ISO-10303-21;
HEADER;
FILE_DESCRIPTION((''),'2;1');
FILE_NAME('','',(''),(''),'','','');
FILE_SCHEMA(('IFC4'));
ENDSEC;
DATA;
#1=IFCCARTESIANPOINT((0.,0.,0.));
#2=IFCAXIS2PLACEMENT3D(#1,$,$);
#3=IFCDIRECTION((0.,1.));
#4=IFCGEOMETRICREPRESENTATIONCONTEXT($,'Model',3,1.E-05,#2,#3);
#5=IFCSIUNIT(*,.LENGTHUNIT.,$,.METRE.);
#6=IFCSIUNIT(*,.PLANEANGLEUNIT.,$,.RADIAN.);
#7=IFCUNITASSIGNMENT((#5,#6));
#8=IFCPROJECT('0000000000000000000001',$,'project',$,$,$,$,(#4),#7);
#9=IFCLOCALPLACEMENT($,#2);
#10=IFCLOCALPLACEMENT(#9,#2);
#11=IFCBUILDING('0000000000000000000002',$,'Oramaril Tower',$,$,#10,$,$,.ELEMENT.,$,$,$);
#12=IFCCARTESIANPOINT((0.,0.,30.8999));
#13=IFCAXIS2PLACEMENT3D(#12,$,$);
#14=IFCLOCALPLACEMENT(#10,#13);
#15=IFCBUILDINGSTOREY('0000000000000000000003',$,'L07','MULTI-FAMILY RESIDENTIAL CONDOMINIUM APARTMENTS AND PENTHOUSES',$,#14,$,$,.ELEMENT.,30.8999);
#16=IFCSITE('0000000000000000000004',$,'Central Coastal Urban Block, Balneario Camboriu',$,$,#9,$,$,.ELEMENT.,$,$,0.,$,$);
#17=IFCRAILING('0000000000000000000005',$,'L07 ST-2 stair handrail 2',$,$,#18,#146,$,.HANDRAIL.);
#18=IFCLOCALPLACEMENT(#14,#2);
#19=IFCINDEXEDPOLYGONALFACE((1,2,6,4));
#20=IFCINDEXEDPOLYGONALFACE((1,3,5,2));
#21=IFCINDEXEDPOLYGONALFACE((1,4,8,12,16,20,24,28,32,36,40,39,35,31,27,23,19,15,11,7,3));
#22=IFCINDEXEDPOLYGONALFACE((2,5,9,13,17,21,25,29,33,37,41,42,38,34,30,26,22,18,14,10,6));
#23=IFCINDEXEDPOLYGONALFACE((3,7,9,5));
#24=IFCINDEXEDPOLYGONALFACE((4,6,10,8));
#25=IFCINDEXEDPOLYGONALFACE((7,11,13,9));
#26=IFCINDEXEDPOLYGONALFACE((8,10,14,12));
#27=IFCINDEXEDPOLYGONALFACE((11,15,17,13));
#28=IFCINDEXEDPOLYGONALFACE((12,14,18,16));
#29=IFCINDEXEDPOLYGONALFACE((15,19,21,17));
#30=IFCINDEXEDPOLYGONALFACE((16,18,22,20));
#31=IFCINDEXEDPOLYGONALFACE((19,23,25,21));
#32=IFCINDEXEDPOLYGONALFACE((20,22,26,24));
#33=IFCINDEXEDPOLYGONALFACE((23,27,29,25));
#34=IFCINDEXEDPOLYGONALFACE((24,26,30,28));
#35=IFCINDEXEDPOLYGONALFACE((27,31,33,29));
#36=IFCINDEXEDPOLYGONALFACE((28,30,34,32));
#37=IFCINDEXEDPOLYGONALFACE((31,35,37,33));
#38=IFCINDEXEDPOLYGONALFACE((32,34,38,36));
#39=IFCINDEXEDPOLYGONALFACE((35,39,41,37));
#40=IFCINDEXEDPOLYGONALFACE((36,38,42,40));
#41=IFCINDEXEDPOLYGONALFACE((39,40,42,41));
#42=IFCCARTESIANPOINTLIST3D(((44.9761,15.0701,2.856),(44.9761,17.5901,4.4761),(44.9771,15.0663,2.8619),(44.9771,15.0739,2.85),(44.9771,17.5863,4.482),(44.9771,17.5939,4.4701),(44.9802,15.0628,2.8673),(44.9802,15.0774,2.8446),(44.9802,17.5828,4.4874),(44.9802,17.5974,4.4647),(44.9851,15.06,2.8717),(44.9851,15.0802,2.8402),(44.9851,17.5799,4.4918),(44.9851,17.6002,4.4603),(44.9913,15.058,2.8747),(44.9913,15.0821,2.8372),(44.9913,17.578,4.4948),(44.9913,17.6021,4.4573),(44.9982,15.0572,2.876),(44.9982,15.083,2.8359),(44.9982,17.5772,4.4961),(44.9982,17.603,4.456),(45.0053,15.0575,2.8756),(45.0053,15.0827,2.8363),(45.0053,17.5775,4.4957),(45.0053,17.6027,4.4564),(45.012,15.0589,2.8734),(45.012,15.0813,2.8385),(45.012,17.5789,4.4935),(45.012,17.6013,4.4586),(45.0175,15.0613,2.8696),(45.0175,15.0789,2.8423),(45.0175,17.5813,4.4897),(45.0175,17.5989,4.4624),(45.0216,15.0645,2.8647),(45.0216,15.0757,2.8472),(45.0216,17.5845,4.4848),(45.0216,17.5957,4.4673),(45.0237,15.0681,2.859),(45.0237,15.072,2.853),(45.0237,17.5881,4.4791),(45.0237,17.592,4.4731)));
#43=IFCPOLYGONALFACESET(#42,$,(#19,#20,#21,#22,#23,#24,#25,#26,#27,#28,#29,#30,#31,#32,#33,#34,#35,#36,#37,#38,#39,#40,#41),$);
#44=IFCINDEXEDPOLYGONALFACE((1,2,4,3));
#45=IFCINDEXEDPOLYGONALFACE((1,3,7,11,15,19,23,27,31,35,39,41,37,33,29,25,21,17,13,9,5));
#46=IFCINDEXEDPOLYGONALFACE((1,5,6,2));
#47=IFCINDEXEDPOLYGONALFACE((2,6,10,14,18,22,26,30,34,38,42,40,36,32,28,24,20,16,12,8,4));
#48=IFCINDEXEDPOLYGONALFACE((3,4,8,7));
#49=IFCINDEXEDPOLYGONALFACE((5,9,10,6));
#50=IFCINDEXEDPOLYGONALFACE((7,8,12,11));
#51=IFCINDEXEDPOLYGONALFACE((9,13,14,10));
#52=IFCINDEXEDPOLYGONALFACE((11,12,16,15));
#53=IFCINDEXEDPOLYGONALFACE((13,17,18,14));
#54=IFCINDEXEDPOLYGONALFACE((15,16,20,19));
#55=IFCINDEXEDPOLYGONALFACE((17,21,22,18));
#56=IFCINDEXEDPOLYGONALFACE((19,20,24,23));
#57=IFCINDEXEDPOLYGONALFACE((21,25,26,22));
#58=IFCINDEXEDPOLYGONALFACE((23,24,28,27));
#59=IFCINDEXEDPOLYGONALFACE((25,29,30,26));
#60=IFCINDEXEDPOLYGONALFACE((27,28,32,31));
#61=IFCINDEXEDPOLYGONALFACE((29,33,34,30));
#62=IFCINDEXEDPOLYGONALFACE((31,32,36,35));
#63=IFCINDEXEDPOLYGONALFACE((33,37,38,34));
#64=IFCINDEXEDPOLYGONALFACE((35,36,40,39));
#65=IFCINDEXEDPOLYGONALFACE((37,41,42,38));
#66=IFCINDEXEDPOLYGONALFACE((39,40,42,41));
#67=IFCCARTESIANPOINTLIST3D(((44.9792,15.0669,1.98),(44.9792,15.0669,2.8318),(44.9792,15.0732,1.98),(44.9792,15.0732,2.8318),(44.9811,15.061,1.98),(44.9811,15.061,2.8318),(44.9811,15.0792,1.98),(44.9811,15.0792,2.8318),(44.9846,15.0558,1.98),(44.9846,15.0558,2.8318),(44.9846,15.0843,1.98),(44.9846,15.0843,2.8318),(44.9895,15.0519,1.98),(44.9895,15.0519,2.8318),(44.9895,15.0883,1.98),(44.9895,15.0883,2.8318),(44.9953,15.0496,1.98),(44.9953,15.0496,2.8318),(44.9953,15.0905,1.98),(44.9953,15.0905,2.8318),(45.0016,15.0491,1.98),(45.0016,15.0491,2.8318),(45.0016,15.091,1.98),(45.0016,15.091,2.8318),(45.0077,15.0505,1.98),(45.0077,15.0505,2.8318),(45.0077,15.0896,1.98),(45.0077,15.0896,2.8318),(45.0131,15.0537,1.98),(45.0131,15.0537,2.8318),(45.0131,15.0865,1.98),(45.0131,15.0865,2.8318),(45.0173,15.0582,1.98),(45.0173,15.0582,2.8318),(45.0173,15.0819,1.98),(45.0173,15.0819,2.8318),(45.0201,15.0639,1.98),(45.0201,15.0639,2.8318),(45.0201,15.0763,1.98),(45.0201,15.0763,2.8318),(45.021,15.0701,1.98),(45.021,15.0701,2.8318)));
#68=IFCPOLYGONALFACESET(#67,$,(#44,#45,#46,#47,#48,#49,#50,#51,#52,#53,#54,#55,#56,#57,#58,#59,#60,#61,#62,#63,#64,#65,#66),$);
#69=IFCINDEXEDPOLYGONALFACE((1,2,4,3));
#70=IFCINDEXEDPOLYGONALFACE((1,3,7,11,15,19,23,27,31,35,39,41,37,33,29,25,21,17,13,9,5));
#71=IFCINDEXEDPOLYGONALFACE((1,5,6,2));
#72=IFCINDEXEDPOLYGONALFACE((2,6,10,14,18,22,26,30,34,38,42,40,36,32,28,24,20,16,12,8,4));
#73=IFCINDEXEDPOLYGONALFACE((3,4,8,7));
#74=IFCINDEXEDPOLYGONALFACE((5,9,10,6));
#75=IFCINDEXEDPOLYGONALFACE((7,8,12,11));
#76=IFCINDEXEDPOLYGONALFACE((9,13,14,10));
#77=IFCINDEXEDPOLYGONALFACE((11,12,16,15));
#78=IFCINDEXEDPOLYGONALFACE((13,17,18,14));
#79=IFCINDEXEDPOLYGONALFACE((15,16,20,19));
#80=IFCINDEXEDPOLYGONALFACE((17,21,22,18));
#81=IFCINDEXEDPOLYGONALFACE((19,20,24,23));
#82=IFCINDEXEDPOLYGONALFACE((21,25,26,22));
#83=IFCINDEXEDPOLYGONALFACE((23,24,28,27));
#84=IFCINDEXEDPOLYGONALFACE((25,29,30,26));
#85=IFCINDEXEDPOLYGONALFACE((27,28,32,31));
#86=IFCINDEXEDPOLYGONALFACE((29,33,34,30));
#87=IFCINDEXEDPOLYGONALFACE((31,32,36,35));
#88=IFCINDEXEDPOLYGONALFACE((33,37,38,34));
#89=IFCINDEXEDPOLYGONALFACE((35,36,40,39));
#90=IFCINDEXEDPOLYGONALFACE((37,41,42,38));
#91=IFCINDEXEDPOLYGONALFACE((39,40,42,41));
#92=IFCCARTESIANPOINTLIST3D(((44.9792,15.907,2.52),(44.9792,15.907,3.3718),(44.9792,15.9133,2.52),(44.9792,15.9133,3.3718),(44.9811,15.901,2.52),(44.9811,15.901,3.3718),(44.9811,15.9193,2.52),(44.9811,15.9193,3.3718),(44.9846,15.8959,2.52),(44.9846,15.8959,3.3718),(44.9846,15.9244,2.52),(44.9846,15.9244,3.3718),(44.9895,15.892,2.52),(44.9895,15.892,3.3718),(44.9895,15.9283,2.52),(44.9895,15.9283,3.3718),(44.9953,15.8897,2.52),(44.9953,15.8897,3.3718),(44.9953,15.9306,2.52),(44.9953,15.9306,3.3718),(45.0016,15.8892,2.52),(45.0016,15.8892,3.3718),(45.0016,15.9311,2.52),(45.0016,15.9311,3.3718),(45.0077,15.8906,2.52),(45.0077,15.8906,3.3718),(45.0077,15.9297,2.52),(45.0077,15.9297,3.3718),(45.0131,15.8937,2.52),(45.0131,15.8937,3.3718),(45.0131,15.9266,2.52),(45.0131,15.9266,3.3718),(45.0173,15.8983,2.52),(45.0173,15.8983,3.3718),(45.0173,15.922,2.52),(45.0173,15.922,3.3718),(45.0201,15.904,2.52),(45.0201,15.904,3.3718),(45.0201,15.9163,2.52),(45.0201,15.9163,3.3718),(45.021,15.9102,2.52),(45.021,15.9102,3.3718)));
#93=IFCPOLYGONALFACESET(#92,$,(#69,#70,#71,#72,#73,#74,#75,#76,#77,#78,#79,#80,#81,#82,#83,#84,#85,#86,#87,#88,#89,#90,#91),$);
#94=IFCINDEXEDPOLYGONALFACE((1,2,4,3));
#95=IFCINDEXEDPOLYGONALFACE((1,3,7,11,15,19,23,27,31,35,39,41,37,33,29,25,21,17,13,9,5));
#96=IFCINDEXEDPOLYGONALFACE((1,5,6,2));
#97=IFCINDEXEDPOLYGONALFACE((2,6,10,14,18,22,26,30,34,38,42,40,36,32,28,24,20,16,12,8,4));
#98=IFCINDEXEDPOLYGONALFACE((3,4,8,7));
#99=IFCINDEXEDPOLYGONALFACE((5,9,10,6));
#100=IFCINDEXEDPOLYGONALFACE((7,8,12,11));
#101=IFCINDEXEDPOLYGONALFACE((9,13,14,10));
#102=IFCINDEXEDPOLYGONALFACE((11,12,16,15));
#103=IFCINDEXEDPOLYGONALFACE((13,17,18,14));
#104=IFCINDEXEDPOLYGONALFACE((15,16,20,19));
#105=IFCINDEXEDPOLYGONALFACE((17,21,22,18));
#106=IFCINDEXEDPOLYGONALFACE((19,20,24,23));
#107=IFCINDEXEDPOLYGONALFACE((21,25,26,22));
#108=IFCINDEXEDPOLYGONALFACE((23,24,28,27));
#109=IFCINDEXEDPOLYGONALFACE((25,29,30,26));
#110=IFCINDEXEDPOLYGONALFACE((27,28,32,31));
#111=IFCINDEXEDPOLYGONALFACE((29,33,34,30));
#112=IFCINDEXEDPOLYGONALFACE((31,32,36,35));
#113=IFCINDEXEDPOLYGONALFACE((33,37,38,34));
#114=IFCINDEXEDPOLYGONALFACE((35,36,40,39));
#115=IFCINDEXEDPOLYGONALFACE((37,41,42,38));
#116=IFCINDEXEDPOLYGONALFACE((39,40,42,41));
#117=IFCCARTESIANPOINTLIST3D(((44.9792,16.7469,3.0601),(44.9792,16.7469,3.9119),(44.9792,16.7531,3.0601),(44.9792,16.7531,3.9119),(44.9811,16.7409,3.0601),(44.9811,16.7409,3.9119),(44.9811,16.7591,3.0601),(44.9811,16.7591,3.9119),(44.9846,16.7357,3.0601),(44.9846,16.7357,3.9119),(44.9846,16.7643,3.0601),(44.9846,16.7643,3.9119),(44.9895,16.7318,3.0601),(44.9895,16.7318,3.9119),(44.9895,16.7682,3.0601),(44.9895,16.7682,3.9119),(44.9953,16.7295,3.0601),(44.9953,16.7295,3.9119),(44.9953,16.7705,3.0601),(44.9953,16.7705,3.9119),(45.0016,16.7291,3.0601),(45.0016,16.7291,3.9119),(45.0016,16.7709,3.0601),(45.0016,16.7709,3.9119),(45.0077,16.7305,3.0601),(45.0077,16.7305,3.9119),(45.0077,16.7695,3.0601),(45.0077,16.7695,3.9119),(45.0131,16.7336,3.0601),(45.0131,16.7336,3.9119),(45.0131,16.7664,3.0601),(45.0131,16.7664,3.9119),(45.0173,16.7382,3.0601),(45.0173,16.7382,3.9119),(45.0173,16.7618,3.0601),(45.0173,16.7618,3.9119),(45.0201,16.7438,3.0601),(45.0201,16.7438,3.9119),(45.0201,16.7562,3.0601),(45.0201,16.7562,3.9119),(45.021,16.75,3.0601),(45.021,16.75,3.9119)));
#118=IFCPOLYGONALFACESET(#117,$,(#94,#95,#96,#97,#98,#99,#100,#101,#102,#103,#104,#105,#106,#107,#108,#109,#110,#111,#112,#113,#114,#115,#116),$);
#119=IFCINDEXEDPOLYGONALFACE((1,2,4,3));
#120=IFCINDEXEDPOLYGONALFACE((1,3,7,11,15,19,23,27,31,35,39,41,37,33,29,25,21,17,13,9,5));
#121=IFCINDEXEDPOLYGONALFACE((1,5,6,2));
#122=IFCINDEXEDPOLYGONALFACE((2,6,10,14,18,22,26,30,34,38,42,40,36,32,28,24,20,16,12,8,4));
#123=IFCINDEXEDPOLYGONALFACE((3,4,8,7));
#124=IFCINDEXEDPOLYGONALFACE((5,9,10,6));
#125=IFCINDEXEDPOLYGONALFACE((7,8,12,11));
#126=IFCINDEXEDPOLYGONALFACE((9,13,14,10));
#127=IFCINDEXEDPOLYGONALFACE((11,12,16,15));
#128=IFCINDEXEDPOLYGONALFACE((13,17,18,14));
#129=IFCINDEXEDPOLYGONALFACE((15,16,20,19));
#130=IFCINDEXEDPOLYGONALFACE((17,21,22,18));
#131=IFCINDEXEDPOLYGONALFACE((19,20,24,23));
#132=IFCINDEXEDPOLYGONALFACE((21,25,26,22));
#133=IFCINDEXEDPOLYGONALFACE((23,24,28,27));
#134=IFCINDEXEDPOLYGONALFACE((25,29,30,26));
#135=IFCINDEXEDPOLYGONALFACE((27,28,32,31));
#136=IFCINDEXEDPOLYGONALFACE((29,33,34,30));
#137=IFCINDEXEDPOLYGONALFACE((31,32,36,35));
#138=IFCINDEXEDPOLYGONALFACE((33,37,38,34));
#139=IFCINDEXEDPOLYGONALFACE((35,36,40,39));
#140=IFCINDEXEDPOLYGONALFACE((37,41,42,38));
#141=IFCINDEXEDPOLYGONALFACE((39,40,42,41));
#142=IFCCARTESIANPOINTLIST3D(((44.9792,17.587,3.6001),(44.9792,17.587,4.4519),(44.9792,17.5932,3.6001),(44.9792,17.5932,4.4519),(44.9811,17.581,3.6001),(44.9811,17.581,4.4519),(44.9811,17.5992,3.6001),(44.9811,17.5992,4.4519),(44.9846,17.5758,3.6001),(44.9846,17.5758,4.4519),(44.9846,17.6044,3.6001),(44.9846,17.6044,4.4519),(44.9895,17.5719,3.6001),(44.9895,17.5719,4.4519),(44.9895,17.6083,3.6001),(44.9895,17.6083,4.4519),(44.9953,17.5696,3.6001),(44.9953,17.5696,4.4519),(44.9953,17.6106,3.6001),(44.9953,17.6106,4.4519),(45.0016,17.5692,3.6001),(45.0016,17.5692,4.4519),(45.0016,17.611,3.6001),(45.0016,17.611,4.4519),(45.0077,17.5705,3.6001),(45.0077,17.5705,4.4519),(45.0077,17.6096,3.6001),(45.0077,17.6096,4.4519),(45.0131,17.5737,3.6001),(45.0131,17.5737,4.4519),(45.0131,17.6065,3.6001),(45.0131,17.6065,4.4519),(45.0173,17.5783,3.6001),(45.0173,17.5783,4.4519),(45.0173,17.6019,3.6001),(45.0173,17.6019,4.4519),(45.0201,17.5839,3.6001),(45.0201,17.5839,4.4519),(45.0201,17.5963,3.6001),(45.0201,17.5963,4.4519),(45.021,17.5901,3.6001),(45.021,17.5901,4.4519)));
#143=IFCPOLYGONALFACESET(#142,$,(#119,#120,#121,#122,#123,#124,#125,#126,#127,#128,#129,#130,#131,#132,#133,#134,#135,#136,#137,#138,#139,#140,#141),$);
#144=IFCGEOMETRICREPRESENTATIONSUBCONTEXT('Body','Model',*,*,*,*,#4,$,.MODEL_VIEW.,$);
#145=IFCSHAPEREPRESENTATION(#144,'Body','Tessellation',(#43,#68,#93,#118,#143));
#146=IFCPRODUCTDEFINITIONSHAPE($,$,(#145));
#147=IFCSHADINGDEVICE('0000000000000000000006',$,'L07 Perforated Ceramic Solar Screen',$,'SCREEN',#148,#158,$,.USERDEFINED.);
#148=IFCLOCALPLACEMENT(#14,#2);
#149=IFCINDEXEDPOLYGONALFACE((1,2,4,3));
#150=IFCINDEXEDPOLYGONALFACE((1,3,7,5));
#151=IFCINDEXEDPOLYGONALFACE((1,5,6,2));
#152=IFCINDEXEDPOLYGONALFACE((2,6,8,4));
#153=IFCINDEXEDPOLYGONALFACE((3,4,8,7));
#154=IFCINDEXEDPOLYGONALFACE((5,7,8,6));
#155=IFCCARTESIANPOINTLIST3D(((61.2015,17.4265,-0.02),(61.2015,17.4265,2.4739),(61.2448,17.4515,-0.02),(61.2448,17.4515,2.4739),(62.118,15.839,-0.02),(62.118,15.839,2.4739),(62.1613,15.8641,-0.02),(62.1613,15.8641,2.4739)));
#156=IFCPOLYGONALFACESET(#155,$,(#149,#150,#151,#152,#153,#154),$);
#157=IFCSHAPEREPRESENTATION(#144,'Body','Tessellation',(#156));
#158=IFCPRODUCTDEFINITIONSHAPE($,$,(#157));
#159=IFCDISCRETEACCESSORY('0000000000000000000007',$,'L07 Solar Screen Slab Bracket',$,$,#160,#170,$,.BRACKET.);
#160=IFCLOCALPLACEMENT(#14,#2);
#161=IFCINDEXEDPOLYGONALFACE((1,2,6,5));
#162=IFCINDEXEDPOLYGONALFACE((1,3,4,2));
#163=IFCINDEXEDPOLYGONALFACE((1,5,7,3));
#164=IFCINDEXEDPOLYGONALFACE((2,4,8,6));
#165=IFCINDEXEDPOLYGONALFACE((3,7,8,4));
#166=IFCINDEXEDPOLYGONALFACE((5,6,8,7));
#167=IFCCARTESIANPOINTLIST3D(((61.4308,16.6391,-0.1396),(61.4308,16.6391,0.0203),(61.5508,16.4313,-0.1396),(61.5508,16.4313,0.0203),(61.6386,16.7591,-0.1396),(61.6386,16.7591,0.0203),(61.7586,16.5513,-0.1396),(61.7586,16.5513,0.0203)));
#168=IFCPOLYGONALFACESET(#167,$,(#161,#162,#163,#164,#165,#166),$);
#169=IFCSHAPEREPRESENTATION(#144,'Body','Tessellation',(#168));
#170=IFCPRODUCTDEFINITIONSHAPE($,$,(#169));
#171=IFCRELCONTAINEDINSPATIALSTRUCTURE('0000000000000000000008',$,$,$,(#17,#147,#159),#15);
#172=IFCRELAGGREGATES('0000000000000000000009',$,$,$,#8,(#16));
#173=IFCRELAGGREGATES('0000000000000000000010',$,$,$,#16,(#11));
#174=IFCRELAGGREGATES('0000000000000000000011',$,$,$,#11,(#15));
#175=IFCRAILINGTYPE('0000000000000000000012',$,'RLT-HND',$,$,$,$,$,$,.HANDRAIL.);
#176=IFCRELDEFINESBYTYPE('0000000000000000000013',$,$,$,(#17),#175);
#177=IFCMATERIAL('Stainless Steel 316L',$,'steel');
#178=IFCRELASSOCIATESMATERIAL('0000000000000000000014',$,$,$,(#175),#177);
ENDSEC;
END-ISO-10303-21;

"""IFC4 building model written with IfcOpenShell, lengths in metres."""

from ifc_helpers import new_model, si_unit, direction, frame, origin, origin_2d, place, context, subcontext, project, spatial, rectangle, circle, extrude, material, type_object, element, save


model = new_model("IFC4")

# Units and contexts
model_context = context("Model", 3, precision=1e-05, world=origin(), true_north=direction((0.0, 1.0)))
body_context = subcontext(model_context, "Body", "Model", "MODEL_VIEW")
ifc_project = project(units=[si_unit("LENGTHUNIT", "METRE"), si_unit("PLANEANGLEUNIT", "RADIAN")], contexts=[model_context])

# Site, building, storey
site_placement = place(None, origin())
site = spatial("IfcSite", under=ifc_project, at=site_placement, Name="Central Coastal Urban Block, Balneario Camboriu", CompositionType="ELEMENT", RefElevation=0.0)
building_placement = place(site_placement, origin())
building = spatial("IfcBuilding", under=site, at=building_placement, Name="Oramaril Tower", CompositionType="ELEMENT")
storey_placement = place(building_placement, frame((0.0, 0.0, 30.8999)))
storey = spatial("IfcBuildingStorey", under=building, at=storey_placement, Name="L07", Description="MULTI-FAMILY RESIDENTIAL CONDOMINIUM APARTMENTS AND PENTHOUSES", CompositionType="ELEMENT", Elevation=30.8999)

# Railing
ifc_material_1 = material(Name="Stainless Steel 316L", Category="steel")
railing_type = type_object("IfcRailingType", Name="RLT-HND", PredefinedType="HANDRAIL", material=ifc_material_1)
railing_placement = place(storey_placement, frame((45.0, 15.0701, 1.98)))
element("IfcRailing", 1, at=railing_placement, inside=storey, type_object=railing_type, Name="L07 ST-2 stair handrail 2", PredefinedType="HANDRAIL", context=body_context, shape_type="SweptSolid", body=[
    extrude(circle(Radius=0.0239, at=origin_2d()), frame((0.0, 0.0, 0.876), z_axis=(0.0, 0.841163, 0.540782), x_axis=(-1.0, 0.0, 0.0)), (0.0, 0.0, 1.0), 2.9958),
    extrude(circle(Radius=0.021, at=origin_2d()), origin(), (0.0, 0.0, 1.0), 0.8518),
    extrude(circle(Radius=0.021, at=origin_2d()), frame((0.0, 0.8401, 0.54)), (0.0, 0.0, 1.0), 0.8518),
    extrude(circle(Radius=0.021, at=origin_2d()), frame((0.0, 1.6799, 1.0801)), (0.0, 0.0, 1.0), 0.8518),
    extrude(circle(Radius=0.021, at=origin_2d()), frame((0.0, 2.52, 1.6201)), (0.0, 0.0, 1.0), 0.8518),
])

# Shading device
shading_device_placement = place(storey_placement, frame((61.6814, 16.6453, -0.02), z_axis=(0.0, 0.0, 1.0), x_axis=(-0.5, 0.866025, 0.0)))
element("IfcShadingDevice", 2, at=shading_device_placement, inside=storey, Name="L07 Perforated Ceramic Solar Screen", ObjectType="SCREEN", PredefinedType="USERDEFINED", context=body_context, shape_type="SweptSolid", body=[
    extrude(rectangle(XDim=1.833, YDim=0.05, at=origin_2d()), origin(), (0.0, 0.0, 1.0), 2.4939),
])

# Discrete accessory
discrete_accessory_placement = place(storey_placement, frame((61.5947, 16.5952, -0.1396), z_axis=(0.0, 0.0, 1.0), x_axis=(-0.5, 0.866025, 0.0)))
element("IfcDiscreteAccessory", 3, at=discrete_accessory_placement, inside=storey, Name="L07 Solar Screen Slab Bracket", PredefinedType="BRACKET", context=body_context, shape_type="SweptSolid", body=[
    extrude(rectangle(XDim=0.24, YDim=0.24, at=origin_2d()), origin(), (0.0, 0.0, 1.0), 0.1599),
])

save(model, "model.ifc")
